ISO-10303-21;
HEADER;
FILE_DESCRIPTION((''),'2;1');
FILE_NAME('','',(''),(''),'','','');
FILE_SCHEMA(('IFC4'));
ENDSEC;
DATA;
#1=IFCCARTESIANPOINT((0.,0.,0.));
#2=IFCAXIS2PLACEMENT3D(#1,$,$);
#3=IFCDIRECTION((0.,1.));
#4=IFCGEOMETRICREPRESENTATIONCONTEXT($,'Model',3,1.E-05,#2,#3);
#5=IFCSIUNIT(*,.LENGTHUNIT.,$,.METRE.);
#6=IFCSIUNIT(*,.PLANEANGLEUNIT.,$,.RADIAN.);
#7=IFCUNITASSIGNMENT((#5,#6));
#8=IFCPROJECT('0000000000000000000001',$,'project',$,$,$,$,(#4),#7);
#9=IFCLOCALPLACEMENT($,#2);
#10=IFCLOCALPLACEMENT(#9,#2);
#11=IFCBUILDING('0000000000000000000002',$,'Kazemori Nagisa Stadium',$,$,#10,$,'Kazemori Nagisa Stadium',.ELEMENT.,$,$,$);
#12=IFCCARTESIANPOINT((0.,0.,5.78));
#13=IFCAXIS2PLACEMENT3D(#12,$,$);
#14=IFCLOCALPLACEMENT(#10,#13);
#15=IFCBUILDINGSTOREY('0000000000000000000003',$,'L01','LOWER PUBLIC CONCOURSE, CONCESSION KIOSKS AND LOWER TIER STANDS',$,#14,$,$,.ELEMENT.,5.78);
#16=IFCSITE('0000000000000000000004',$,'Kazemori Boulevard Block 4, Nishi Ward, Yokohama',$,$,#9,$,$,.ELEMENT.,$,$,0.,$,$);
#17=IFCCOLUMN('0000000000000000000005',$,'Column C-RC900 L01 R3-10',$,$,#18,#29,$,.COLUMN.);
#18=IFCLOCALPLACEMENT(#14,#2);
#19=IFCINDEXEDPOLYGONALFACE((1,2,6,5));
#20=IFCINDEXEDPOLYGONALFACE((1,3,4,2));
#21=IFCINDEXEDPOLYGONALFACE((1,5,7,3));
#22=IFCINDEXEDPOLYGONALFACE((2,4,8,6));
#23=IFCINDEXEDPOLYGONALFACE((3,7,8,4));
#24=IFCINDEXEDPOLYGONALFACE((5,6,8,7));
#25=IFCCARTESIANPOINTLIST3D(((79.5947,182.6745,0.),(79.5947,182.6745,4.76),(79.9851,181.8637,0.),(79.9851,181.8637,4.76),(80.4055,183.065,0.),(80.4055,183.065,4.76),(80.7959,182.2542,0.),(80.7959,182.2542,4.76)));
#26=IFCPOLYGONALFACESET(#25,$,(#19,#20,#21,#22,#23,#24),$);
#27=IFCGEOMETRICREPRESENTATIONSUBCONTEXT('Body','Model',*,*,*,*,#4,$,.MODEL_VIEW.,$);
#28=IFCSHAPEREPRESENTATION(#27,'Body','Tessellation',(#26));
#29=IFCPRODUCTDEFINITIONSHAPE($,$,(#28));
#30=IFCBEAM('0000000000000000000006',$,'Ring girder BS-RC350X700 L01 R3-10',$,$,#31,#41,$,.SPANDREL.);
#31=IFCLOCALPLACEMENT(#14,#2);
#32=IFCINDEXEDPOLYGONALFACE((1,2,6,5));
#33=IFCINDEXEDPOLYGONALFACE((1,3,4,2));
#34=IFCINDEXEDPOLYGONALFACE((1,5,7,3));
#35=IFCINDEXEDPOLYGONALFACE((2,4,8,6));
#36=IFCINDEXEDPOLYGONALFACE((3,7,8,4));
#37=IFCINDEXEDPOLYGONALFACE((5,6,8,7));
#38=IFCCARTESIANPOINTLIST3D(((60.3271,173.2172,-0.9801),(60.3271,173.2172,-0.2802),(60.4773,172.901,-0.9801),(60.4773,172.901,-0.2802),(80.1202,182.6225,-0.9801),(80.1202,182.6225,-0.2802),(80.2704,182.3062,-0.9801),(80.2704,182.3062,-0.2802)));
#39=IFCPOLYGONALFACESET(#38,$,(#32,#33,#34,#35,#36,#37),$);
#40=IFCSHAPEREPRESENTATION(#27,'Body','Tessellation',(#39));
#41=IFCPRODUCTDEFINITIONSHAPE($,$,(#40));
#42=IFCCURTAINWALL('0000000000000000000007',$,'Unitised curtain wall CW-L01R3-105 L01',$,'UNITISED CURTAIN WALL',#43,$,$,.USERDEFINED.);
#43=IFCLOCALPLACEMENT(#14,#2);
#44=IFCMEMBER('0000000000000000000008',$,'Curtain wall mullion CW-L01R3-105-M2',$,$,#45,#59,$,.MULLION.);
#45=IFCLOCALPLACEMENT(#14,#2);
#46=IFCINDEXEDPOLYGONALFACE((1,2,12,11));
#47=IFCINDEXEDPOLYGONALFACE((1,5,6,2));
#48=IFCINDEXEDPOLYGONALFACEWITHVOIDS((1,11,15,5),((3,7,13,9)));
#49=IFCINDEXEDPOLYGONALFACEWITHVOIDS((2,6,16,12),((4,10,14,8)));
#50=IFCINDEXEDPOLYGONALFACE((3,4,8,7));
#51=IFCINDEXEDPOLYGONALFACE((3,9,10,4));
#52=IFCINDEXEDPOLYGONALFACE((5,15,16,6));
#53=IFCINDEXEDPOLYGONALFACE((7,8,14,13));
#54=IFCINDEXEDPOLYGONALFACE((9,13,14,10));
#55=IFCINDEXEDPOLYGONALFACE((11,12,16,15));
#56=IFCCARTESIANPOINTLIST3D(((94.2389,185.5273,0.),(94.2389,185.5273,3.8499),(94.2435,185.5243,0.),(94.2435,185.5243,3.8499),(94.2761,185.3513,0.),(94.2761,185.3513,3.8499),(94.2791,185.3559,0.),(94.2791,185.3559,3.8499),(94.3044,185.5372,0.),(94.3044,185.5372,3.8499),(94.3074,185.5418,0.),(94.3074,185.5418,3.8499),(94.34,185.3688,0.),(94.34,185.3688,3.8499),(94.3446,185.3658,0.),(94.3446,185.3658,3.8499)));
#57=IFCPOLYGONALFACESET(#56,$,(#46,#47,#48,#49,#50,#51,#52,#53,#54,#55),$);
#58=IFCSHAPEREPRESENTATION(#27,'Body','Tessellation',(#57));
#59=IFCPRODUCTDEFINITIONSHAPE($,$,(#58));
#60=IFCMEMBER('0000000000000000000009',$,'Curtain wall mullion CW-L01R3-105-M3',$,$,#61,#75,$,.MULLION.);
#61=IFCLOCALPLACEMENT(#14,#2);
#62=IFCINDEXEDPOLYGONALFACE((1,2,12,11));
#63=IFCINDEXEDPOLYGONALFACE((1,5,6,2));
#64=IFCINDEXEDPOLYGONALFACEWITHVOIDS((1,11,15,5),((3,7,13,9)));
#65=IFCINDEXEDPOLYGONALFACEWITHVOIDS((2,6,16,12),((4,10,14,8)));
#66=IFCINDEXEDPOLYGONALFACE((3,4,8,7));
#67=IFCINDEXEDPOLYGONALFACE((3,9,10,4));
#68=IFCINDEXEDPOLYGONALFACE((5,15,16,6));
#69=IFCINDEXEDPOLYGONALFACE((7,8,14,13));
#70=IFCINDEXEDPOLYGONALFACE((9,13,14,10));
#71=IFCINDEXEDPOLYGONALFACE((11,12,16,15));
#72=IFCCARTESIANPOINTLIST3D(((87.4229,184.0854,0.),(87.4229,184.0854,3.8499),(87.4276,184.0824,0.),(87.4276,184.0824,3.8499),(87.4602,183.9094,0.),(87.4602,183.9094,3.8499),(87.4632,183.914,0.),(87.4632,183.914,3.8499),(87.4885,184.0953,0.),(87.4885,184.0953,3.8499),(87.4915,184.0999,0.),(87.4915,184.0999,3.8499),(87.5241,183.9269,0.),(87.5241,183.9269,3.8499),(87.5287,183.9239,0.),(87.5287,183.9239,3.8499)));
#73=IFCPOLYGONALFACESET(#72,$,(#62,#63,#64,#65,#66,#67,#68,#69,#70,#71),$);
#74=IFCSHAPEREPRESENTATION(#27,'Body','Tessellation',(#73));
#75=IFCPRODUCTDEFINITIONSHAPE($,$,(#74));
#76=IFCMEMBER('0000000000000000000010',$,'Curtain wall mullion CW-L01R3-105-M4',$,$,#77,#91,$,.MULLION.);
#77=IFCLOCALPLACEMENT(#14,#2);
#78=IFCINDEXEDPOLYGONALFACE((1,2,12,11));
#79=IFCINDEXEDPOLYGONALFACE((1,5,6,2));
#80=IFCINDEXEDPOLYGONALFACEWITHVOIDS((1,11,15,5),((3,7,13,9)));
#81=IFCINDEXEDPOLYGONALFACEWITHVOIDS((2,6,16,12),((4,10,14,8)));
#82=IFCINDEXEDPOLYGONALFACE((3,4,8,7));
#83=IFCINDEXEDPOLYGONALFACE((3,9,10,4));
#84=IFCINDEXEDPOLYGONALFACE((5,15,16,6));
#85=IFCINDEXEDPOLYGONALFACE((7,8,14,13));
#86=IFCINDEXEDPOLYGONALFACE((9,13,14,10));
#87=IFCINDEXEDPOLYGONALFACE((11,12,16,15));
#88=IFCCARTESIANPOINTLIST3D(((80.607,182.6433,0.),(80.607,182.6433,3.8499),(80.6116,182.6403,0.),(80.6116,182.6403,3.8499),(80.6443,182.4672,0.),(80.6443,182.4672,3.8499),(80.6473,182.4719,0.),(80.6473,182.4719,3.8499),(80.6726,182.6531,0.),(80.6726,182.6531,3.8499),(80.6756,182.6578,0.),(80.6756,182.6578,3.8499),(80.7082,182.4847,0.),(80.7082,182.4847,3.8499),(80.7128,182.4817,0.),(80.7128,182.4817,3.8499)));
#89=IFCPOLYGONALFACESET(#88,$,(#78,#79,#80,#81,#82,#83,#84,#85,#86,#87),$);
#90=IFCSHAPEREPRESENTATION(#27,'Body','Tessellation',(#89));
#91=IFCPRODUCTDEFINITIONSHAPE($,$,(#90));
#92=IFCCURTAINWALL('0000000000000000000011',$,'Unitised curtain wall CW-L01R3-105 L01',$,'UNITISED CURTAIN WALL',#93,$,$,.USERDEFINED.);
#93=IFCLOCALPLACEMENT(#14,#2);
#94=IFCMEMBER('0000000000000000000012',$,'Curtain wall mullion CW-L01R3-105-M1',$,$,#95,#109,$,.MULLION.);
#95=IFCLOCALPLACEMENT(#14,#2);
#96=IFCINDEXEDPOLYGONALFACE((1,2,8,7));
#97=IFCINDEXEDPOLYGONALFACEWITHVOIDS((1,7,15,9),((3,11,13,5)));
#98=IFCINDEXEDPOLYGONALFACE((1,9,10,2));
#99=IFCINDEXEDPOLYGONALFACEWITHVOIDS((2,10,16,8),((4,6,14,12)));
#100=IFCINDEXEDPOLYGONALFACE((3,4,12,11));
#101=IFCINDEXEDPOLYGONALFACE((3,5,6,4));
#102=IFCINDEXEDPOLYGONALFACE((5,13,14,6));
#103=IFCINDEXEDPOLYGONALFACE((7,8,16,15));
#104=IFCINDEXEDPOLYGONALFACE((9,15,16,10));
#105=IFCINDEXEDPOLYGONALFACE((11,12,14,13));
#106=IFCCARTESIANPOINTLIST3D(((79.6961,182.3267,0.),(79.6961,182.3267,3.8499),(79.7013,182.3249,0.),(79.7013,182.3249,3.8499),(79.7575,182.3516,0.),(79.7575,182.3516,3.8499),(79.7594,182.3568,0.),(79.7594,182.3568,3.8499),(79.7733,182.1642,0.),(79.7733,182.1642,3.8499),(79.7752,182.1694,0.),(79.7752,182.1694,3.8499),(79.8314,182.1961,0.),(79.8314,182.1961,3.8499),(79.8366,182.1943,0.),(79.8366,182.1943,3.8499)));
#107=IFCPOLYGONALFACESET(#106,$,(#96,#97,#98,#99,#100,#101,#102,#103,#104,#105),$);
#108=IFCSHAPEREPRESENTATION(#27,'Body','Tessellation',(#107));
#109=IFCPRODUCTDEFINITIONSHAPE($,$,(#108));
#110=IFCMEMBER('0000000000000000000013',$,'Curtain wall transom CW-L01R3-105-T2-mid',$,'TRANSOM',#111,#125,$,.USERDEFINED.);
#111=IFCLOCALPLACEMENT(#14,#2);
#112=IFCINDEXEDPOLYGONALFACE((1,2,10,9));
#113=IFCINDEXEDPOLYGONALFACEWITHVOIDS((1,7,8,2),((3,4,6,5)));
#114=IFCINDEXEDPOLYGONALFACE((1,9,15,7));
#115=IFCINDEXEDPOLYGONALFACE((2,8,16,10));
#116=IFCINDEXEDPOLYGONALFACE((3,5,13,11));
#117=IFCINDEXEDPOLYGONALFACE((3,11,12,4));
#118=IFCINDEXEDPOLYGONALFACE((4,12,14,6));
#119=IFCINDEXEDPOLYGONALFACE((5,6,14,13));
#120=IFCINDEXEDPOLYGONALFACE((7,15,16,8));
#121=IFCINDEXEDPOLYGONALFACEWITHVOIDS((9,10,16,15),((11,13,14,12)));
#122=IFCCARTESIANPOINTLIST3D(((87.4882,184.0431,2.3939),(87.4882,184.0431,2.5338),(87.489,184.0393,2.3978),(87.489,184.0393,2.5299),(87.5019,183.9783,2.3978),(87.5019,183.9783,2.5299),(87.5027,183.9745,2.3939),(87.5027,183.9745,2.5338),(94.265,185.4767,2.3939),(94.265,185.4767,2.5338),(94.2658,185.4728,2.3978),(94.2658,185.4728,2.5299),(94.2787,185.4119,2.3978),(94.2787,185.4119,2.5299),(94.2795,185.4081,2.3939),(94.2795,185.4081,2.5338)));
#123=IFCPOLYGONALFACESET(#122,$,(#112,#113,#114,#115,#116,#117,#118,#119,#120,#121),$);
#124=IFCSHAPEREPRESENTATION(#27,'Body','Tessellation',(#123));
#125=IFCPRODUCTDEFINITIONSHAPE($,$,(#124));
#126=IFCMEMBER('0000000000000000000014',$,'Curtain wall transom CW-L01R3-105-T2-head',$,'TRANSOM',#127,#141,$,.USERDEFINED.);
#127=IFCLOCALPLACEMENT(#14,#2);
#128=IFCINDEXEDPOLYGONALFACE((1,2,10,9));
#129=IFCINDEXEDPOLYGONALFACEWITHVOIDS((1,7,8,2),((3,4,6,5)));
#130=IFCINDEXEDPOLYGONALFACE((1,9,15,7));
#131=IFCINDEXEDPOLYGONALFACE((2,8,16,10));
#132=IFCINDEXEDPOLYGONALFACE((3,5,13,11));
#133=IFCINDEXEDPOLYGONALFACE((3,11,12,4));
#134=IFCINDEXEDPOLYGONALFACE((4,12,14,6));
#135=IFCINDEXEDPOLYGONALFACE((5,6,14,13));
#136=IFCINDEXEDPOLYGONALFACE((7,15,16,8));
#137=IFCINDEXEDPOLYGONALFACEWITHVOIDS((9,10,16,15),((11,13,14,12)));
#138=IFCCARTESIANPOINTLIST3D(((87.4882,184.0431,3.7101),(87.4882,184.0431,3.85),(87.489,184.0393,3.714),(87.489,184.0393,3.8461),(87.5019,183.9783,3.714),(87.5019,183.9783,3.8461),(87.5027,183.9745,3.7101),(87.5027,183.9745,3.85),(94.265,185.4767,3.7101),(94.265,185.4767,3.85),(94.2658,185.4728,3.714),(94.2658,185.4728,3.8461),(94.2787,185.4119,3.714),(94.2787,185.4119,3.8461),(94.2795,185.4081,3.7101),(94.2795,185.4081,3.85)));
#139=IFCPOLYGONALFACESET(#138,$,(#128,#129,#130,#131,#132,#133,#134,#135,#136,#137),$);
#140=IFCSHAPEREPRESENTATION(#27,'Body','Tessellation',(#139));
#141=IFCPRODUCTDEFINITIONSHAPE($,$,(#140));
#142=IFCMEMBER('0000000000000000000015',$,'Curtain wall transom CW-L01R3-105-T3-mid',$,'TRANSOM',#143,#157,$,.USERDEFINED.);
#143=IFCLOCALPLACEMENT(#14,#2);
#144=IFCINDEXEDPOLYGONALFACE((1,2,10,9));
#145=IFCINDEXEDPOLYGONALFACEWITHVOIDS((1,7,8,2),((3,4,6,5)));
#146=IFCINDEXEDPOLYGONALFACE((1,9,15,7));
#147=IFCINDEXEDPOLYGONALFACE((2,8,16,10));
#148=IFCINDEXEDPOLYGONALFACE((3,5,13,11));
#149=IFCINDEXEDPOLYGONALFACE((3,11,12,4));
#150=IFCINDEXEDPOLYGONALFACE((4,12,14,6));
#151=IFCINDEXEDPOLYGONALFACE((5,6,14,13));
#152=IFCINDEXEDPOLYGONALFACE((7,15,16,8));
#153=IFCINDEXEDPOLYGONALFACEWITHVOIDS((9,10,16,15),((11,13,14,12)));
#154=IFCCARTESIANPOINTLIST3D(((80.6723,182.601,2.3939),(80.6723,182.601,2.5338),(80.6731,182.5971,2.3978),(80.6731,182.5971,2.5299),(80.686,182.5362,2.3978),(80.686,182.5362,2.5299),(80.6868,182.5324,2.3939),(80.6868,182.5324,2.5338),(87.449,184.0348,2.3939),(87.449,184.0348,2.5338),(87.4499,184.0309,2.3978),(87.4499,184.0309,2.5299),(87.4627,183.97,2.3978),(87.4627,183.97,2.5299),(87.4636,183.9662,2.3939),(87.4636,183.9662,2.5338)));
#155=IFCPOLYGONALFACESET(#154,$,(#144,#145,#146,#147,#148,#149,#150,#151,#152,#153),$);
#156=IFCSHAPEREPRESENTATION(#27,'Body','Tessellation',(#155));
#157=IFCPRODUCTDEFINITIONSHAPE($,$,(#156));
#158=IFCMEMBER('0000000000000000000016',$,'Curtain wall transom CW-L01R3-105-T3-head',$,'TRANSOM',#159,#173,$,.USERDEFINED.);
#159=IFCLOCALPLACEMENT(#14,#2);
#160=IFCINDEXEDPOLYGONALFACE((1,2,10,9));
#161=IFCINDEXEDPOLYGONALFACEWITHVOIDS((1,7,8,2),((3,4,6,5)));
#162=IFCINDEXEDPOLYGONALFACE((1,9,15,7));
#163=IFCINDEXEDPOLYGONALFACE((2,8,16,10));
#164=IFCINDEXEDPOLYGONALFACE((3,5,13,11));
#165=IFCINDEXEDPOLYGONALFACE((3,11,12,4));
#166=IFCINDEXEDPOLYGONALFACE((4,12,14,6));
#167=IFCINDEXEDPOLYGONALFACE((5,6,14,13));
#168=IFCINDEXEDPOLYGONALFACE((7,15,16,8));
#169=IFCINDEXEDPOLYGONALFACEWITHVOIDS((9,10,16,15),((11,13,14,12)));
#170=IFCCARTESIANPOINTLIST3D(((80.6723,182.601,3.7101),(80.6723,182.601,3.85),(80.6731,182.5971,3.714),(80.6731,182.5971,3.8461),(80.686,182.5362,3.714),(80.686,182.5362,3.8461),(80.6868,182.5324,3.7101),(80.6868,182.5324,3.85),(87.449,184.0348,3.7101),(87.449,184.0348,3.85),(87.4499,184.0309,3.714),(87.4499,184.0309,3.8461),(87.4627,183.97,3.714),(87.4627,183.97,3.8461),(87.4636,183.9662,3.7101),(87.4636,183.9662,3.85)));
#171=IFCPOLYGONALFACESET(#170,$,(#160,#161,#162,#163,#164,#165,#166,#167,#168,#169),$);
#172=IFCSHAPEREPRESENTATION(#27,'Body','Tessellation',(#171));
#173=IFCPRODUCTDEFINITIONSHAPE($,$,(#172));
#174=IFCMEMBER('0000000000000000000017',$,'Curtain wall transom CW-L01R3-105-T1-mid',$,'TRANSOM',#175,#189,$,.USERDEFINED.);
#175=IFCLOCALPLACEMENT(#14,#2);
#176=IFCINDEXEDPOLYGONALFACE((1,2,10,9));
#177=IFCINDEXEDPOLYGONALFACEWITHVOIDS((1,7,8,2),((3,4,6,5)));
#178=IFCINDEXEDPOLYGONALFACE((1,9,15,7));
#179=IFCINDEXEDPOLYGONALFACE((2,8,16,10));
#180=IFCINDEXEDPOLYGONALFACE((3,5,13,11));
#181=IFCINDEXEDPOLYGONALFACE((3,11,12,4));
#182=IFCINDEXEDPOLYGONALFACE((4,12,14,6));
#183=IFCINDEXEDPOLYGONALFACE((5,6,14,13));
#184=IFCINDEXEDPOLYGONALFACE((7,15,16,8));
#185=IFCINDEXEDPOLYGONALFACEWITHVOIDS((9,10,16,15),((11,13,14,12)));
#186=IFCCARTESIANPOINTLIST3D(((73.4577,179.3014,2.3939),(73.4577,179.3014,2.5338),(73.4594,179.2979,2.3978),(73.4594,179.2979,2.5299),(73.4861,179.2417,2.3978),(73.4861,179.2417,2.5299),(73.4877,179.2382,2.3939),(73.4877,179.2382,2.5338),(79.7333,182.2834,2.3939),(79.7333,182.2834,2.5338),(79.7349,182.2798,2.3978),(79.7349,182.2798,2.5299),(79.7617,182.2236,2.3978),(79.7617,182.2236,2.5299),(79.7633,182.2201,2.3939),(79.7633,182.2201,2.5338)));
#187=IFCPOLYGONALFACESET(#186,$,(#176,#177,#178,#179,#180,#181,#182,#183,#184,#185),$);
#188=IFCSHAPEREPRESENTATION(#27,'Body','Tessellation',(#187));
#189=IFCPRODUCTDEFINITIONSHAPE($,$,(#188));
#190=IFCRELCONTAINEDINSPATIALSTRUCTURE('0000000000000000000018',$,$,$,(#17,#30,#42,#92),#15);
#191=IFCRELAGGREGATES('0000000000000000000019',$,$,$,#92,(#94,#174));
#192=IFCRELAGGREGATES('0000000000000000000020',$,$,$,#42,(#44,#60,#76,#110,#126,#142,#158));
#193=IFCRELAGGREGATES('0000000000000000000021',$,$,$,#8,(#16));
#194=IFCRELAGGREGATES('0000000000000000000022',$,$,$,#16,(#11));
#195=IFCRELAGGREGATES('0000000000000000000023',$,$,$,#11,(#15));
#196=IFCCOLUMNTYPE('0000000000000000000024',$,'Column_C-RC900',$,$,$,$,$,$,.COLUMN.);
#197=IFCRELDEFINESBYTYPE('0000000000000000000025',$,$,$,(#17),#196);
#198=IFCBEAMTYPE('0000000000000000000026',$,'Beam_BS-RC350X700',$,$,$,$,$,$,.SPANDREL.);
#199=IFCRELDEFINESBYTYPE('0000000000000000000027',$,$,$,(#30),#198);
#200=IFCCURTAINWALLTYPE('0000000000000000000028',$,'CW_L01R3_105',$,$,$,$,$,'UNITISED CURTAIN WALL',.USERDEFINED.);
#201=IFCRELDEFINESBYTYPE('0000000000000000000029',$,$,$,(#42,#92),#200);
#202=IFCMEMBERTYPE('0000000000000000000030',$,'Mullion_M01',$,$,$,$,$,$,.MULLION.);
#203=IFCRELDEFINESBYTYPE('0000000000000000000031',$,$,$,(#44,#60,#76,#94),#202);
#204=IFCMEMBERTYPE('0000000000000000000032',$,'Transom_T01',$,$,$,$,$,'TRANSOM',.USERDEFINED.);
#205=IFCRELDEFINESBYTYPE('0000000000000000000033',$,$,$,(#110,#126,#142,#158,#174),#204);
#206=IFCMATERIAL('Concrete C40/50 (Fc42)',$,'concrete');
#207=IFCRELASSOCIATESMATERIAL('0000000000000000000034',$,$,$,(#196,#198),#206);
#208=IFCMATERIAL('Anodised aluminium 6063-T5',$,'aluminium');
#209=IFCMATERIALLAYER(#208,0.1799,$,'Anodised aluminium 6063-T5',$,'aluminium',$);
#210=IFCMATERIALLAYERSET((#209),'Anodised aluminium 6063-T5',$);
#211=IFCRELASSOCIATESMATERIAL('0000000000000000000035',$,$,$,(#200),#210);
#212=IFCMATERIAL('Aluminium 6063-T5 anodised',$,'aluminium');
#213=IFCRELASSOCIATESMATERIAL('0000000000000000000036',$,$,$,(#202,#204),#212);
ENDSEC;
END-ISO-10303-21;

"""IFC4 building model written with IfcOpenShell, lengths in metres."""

from ifc_helpers import new_model, si_unit, direction, frame, origin, origin_2d, place, context, subcontext, project, spatial, rectangle, hollow_rectangle, extrude, material, layer, layer_set, material_profile, profile_set, type_object, element, aggregate, save


model = new_model("IFC4")

# Units and contexts
model_context = context("Model", 3, precision=1e-05, world=origin(), true_north=direction((0.0, 1.0)))
body_context = subcontext(model_context, "Body", "Model", "MODEL_VIEW")
ifc_project = project(units=[si_unit("LENGTHUNIT", "METRE"), si_unit("PLANEANGLEUNIT", "RADIAN")], contexts=[model_context])

# Site, building, storey
site_placement = place(None, origin())
site = spatial("IfcSite", under=ifc_project, at=site_placement, Name="Kazemori Boulevard Block 4, Nishi Ward, Yokohama", CompositionType="ELEMENT", RefElevation=0.0)
building_placement = place(site_placement, origin())
building = spatial("IfcBuilding", under=site, at=building_placement, Name="Kazemori Nagisa Stadium", LongName="Kazemori Nagisa Stadium", CompositionType="ELEMENT")
storey_placement = place(building_placement, frame((0.0, 0.0, 5.78)))
storey = spatial("IfcBuildingStorey", under=building, at=storey_placement, Name="L01", Description="LOWER PUBLIC CONCOURSE, CONCESSION KIOSKS AND LOWER TIER STANDS", CompositionType="ELEMENT", Elevation=5.78)

# Column
ifc_material_1 = material(Name="Concrete C40/50 (Fc42)", Category="concrete")
ifc_material_profile_1 = material_profile(ifc_material_1, rectangle(XDim=0.8999, YDim=0.8999, at=origin_2d()), Name="RC-COL-900x900")
ifc_profile_set_1 = profile_set([ifc_material_profile_1], Name="Concrete C40/50 (Fc42)")
column_type = type_object("IfcColumnType", Name="Column_C-RC900", PredefinedType="COLUMN", material=ifc_profile_set_1)
column_placement = place(storey_placement, frame((80.1953, 182.4644, 0.0), z_axis=(0.0, 0.0, 1.0), x_axis=(-0.433884, 0.900969, 0.0)))
element("IfcColumn", 1, at=column_placement, inside=storey, type_object=column_type, Name="Column C-RC900 L01 R3-10", PredefinedType="COLUMN", context=body_context, shape_type="SweptSolid", body=[
    extrude(rectangle(XDim=0.8999, YDim=0.8999, at=origin_2d()), origin(), (0.0, 0.0, 1.0), 4.76),
])

# Beam
ifc_material_profile_2 = material_profile(ifc_material_1, rectangle(XDim=0.3501, YDim=0.7, at=origin_2d()), Name="RC-SP-350x700")
ifc_profile_set_2 = profile_set([ifc_material_profile_2], Name="Concrete C40/50 (Fc42)")
beam_type = type_object("IfcBeamType", Name="Beam_BS-RC350X700", PredefinedType="SPANDREL", material=ifc_profile_set_2)
beam_placement = place(storey_placement, frame((80.1953, 182.4644, -0.6301), z_axis=(-0.903216, -0.429187, 0.0), x_axis=(0.429187, -0.903216, 0.0)))
element("IfcBeam", 2, at=beam_placement, inside=storey, type_object=beam_type, Name="Ring girder BS-RC350X700 L01 R3-10", PredefinedType="SPANDREL", context=body_context, shape_type="SweptSolid", body=[
    extrude(rectangle(XDim=0.3501, YDim=0.7, at=origin_2d()), origin(), (0.0, 0.0, 1.0), 21.9141),
])

# Curtain wall, members
ifc_material_2 = material(Name="Anodised aluminium 6063-T5", Category="aluminium")
ifc_layer_1 = layer(ifc_material_2, 0.1799, Name="Anodised aluminium 6063-T5", Category="aluminium")
ifc_layer_set_1 = layer_set([ifc_layer_1], Name="Anodised aluminium 6063-T5")
curtain_wall_type = type_object("IfcCurtainWallType", Name="CW_L01R3_105", ElementType="UNITISED CURTAIN WALL", PredefinedType="USERDEFINED", material=ifc_layer_set_1)
curtain_wall_1_placement = place(storey_placement, origin())
curtain_wall_1 = element("IfcCurtainWall", 3, at=curtain_wall_1_placement, inside=storey, type_object=curtain_wall_type, Name="Unitised curtain wall CW-L01R3-105 L01", ObjectType="UNITISED CURTAIN WALL", PredefinedType="USERDEFINED")
ifc_material_3 = material(Name="Aluminium 6063-T5 anodised", Category="aluminium")
ifc_material_profile_3 = material_profile(ifc_material_3, hollow_rectangle(XDim=0.0701, YDim=0.1799, WallThickness=0.0039, at=origin_2d()), Name="ALU-MULL-70x180x4")
ifc_profile_set_3 = profile_set([ifc_material_profile_3], Name="Aluminium 6063-T5 anodised")
member_type_1 = type_object("IfcMemberType", Name="Mullion_M01", PredefinedType="MULLION", material=ifc_profile_set_3)
member_1_placement = place(storey_placement, frame((94.2917, 185.4465, 0.0), z_axis=(0.0, 0.0, 1.0), x_axis=(-0.978345, -0.206981, 0.0)))
member_1 = element("IfcMember", 4, at=member_1_placement, type_object=member_type_1, Name="Curtain wall mullion CW-L01R3-105-M2", PredefinedType="MULLION", context=body_context, shape_type="SweptSolid", body=[
    extrude(hollow_rectangle(XDim=0.0701, YDim=0.1799, WallThickness=0.0039, at=origin_2d()), origin(), (0.0, 0.0, 1.0), 3.8499),
])
member_2_placement = place(storey_placement, frame((87.4758, 184.0046, 0.0), z_axis=(0.0, 0.0, 1.0), x_axis=(-0.978345, -0.206981, 0.0)))
member_2 = element("IfcMember", 5, at=member_2_placement, type_object=member_type_1, Name="Curtain wall mullion CW-L01R3-105-M3", PredefinedType="MULLION", context=body_context, shape_type="SweptSolid", body=[
    extrude(hollow_rectangle(XDim=0.0701, YDim=0.1799, WallThickness=0.0039, at=origin_2d()), origin(), (0.0, 0.0, 1.0), 3.8499),
])
member_3_placement = place(storey_placement, frame((80.6599, 182.5625, 0.0), z_axis=(0.0, 0.0, 1.0), x_axis=(-0.978345, -0.206981, 0.0)))
member_3 = element("IfcMember", 6, at=member_3_placement, type_object=member_type_1, Name="Curtain wall mullion CW-L01R3-105-M4", PredefinedType="MULLION", context=body_context, shape_type="SweptSolid", body=[
    extrude(hollow_rectangle(XDim=0.0701, YDim=0.1799, WallThickness=0.0039, at=origin_2d()), origin(), (0.0, 0.0, 1.0), 3.8499),
])

# Curtain wall, member
curtain_wall_2_placement = place(storey_placement, origin())
curtain_wall_2 = element("IfcCurtainWall", 7, at=curtain_wall_2_placement, inside=storey, type_object=curtain_wall_type, Name="Unitised curtain wall CW-L01R3-105 L01", ObjectType="UNITISED CURTAIN WALL", PredefinedType="USERDEFINED")
member_4_placement = place(storey_placement, frame((79.7664, 182.2605, 0.0), z_axis=(0.0, 0.0, 1.0), x_axis=(-0.903216, -0.429186, 0.0)))
member_4 = element("IfcMember", 8, at=member_4_placement, type_object=member_type_1, Name="Curtain wall mullion CW-L01R3-105-M1", PredefinedType="MULLION", context=body_context, shape_type="SweptSolid", body=[
    extrude(hollow_rectangle(XDim=0.0701, YDim=0.1799, WallThickness=0.0039, at=origin_2d()), origin(), (0.0, 0.0, 1.0), 3.8499),
])

# Members
ifc_material_profile_4 = material_profile(ifc_material_3, hollow_rectangle(XDim=0.0701, YDim=0.1399, WallThickness=0.0039, at=origin_2d()), Name="ALU-TRAN-70x140x4")
ifc_profile_set_4 = profile_set([ifc_material_profile_4], Name="Aluminium 6063-T5 anodised")
member_type_2 = type_object("IfcMemberType", Name="Transom_T01", ElementType="TRANSOM", PredefinedType="USERDEFINED", material=ifc_profile_set_4)
member_5_placement = place(storey_placement, frame((94.2722, 185.4424, 2.4639), z_axis=(-0.978349, -0.206962, 0.0), x_axis=(0.206962, -0.978349, 0.0)))
member_5 = element("IfcMember", 9, at=member_5_placement, type_object=member_type_2, Name="Curtain wall transom CW-L01R3-105-T2-mid", ObjectType="TRANSOM", PredefinedType="USERDEFINED", context=body_context, shape_type="SweptSolid", body=[
    extrude(hollow_rectangle(XDim=0.0701, YDim=0.1399, WallThickness=0.0039, at=origin_2d()), origin(), (0.0, 0.0, 1.0), 6.9268),
])
member_6_placement = place(storey_placement, frame((94.2722, 185.4424, 3.78), z_axis=(-0.978349, -0.206962, 0.0), x_axis=(0.206962, -0.978349, 0.0)))
member_6 = element("IfcMember", 10, at=member_6_placement, type_object=member_type_2, Name="Curtain wall transom CW-L01R3-105-T2-head", ObjectType="TRANSOM", PredefinedType="USERDEFINED", context=body_context, shape_type="SweptSolid", body=[
    extrude(hollow_rectangle(XDim=0.0701, YDim=0.1399, WallThickness=0.0039, at=origin_2d()), origin(), (0.0, 0.0, 1.0), 6.9268),
])
member_7_placement = place(storey_placement, frame((87.4563, 184.0005, 2.4639), z_axis=(-0.978342, -0.206996, 0.0), x_axis=(0.206996, -0.978342, 0.0)))
member_7 = element("IfcMember", 11, at=member_7_placement, type_object=member_type_2, Name="Curtain wall transom CW-L01R3-105-T3-mid", ObjectType="TRANSOM", PredefinedType="USERDEFINED", context=body_context, shape_type="SweptSolid", body=[
    extrude(hollow_rectangle(XDim=0.0701, YDim=0.1399, WallThickness=0.0039, at=origin_2d()), origin(), (0.0, 0.0, 1.0), 6.9268),
])
member_8_placement = place(storey_placement, frame((87.4563, 184.0005, 3.78), z_axis=(-0.978342, -0.206996, 0.0), x_axis=(0.206996, -0.978342, 0.0)))
member_8 = element("IfcMember", 12, at=member_8_placement, type_object=member_type_2, Name="Curtain wall transom CW-L01R3-105-T3-head", ObjectType="TRANSOM", PredefinedType="USERDEFINED", context=body_context, shape_type="SweptSolid", body=[
    extrude(hollow_rectangle(XDim=0.0701, YDim=0.1399, WallThickness=0.0039, at=origin_2d()), origin(), (0.0, 0.0, 1.0), 6.9268),
])
member_9_placement = place(storey_placement, frame((79.7483, 182.2517, 2.4639), z_axis=(-0.903221, -0.429175, 0.0), x_axis=(0.429175, -0.903221, 0.0)))
member_9 = element("IfcMember", 13, at=member_9_placement, type_object=member_type_2, Name="Curtain wall transom CW-L01R3-105-T1-mid", ObjectType="TRANSOM", PredefinedType="USERDEFINED", context=body_context, shape_type="SweptSolid", body=[
    extrude(hollow_rectangle(XDim=0.0701, YDim=0.1399, WallThickness=0.0039, at=origin_2d()), origin(), (0.0, 0.0, 1.0), 6.948),
])
aggregate(curtain_wall_2, [member_4, member_9])

aggregate(curtain_wall_1, [member_1, member_2, member_3, member_5, member_6, member_7, member_8])

save(model, "model.ifc")
